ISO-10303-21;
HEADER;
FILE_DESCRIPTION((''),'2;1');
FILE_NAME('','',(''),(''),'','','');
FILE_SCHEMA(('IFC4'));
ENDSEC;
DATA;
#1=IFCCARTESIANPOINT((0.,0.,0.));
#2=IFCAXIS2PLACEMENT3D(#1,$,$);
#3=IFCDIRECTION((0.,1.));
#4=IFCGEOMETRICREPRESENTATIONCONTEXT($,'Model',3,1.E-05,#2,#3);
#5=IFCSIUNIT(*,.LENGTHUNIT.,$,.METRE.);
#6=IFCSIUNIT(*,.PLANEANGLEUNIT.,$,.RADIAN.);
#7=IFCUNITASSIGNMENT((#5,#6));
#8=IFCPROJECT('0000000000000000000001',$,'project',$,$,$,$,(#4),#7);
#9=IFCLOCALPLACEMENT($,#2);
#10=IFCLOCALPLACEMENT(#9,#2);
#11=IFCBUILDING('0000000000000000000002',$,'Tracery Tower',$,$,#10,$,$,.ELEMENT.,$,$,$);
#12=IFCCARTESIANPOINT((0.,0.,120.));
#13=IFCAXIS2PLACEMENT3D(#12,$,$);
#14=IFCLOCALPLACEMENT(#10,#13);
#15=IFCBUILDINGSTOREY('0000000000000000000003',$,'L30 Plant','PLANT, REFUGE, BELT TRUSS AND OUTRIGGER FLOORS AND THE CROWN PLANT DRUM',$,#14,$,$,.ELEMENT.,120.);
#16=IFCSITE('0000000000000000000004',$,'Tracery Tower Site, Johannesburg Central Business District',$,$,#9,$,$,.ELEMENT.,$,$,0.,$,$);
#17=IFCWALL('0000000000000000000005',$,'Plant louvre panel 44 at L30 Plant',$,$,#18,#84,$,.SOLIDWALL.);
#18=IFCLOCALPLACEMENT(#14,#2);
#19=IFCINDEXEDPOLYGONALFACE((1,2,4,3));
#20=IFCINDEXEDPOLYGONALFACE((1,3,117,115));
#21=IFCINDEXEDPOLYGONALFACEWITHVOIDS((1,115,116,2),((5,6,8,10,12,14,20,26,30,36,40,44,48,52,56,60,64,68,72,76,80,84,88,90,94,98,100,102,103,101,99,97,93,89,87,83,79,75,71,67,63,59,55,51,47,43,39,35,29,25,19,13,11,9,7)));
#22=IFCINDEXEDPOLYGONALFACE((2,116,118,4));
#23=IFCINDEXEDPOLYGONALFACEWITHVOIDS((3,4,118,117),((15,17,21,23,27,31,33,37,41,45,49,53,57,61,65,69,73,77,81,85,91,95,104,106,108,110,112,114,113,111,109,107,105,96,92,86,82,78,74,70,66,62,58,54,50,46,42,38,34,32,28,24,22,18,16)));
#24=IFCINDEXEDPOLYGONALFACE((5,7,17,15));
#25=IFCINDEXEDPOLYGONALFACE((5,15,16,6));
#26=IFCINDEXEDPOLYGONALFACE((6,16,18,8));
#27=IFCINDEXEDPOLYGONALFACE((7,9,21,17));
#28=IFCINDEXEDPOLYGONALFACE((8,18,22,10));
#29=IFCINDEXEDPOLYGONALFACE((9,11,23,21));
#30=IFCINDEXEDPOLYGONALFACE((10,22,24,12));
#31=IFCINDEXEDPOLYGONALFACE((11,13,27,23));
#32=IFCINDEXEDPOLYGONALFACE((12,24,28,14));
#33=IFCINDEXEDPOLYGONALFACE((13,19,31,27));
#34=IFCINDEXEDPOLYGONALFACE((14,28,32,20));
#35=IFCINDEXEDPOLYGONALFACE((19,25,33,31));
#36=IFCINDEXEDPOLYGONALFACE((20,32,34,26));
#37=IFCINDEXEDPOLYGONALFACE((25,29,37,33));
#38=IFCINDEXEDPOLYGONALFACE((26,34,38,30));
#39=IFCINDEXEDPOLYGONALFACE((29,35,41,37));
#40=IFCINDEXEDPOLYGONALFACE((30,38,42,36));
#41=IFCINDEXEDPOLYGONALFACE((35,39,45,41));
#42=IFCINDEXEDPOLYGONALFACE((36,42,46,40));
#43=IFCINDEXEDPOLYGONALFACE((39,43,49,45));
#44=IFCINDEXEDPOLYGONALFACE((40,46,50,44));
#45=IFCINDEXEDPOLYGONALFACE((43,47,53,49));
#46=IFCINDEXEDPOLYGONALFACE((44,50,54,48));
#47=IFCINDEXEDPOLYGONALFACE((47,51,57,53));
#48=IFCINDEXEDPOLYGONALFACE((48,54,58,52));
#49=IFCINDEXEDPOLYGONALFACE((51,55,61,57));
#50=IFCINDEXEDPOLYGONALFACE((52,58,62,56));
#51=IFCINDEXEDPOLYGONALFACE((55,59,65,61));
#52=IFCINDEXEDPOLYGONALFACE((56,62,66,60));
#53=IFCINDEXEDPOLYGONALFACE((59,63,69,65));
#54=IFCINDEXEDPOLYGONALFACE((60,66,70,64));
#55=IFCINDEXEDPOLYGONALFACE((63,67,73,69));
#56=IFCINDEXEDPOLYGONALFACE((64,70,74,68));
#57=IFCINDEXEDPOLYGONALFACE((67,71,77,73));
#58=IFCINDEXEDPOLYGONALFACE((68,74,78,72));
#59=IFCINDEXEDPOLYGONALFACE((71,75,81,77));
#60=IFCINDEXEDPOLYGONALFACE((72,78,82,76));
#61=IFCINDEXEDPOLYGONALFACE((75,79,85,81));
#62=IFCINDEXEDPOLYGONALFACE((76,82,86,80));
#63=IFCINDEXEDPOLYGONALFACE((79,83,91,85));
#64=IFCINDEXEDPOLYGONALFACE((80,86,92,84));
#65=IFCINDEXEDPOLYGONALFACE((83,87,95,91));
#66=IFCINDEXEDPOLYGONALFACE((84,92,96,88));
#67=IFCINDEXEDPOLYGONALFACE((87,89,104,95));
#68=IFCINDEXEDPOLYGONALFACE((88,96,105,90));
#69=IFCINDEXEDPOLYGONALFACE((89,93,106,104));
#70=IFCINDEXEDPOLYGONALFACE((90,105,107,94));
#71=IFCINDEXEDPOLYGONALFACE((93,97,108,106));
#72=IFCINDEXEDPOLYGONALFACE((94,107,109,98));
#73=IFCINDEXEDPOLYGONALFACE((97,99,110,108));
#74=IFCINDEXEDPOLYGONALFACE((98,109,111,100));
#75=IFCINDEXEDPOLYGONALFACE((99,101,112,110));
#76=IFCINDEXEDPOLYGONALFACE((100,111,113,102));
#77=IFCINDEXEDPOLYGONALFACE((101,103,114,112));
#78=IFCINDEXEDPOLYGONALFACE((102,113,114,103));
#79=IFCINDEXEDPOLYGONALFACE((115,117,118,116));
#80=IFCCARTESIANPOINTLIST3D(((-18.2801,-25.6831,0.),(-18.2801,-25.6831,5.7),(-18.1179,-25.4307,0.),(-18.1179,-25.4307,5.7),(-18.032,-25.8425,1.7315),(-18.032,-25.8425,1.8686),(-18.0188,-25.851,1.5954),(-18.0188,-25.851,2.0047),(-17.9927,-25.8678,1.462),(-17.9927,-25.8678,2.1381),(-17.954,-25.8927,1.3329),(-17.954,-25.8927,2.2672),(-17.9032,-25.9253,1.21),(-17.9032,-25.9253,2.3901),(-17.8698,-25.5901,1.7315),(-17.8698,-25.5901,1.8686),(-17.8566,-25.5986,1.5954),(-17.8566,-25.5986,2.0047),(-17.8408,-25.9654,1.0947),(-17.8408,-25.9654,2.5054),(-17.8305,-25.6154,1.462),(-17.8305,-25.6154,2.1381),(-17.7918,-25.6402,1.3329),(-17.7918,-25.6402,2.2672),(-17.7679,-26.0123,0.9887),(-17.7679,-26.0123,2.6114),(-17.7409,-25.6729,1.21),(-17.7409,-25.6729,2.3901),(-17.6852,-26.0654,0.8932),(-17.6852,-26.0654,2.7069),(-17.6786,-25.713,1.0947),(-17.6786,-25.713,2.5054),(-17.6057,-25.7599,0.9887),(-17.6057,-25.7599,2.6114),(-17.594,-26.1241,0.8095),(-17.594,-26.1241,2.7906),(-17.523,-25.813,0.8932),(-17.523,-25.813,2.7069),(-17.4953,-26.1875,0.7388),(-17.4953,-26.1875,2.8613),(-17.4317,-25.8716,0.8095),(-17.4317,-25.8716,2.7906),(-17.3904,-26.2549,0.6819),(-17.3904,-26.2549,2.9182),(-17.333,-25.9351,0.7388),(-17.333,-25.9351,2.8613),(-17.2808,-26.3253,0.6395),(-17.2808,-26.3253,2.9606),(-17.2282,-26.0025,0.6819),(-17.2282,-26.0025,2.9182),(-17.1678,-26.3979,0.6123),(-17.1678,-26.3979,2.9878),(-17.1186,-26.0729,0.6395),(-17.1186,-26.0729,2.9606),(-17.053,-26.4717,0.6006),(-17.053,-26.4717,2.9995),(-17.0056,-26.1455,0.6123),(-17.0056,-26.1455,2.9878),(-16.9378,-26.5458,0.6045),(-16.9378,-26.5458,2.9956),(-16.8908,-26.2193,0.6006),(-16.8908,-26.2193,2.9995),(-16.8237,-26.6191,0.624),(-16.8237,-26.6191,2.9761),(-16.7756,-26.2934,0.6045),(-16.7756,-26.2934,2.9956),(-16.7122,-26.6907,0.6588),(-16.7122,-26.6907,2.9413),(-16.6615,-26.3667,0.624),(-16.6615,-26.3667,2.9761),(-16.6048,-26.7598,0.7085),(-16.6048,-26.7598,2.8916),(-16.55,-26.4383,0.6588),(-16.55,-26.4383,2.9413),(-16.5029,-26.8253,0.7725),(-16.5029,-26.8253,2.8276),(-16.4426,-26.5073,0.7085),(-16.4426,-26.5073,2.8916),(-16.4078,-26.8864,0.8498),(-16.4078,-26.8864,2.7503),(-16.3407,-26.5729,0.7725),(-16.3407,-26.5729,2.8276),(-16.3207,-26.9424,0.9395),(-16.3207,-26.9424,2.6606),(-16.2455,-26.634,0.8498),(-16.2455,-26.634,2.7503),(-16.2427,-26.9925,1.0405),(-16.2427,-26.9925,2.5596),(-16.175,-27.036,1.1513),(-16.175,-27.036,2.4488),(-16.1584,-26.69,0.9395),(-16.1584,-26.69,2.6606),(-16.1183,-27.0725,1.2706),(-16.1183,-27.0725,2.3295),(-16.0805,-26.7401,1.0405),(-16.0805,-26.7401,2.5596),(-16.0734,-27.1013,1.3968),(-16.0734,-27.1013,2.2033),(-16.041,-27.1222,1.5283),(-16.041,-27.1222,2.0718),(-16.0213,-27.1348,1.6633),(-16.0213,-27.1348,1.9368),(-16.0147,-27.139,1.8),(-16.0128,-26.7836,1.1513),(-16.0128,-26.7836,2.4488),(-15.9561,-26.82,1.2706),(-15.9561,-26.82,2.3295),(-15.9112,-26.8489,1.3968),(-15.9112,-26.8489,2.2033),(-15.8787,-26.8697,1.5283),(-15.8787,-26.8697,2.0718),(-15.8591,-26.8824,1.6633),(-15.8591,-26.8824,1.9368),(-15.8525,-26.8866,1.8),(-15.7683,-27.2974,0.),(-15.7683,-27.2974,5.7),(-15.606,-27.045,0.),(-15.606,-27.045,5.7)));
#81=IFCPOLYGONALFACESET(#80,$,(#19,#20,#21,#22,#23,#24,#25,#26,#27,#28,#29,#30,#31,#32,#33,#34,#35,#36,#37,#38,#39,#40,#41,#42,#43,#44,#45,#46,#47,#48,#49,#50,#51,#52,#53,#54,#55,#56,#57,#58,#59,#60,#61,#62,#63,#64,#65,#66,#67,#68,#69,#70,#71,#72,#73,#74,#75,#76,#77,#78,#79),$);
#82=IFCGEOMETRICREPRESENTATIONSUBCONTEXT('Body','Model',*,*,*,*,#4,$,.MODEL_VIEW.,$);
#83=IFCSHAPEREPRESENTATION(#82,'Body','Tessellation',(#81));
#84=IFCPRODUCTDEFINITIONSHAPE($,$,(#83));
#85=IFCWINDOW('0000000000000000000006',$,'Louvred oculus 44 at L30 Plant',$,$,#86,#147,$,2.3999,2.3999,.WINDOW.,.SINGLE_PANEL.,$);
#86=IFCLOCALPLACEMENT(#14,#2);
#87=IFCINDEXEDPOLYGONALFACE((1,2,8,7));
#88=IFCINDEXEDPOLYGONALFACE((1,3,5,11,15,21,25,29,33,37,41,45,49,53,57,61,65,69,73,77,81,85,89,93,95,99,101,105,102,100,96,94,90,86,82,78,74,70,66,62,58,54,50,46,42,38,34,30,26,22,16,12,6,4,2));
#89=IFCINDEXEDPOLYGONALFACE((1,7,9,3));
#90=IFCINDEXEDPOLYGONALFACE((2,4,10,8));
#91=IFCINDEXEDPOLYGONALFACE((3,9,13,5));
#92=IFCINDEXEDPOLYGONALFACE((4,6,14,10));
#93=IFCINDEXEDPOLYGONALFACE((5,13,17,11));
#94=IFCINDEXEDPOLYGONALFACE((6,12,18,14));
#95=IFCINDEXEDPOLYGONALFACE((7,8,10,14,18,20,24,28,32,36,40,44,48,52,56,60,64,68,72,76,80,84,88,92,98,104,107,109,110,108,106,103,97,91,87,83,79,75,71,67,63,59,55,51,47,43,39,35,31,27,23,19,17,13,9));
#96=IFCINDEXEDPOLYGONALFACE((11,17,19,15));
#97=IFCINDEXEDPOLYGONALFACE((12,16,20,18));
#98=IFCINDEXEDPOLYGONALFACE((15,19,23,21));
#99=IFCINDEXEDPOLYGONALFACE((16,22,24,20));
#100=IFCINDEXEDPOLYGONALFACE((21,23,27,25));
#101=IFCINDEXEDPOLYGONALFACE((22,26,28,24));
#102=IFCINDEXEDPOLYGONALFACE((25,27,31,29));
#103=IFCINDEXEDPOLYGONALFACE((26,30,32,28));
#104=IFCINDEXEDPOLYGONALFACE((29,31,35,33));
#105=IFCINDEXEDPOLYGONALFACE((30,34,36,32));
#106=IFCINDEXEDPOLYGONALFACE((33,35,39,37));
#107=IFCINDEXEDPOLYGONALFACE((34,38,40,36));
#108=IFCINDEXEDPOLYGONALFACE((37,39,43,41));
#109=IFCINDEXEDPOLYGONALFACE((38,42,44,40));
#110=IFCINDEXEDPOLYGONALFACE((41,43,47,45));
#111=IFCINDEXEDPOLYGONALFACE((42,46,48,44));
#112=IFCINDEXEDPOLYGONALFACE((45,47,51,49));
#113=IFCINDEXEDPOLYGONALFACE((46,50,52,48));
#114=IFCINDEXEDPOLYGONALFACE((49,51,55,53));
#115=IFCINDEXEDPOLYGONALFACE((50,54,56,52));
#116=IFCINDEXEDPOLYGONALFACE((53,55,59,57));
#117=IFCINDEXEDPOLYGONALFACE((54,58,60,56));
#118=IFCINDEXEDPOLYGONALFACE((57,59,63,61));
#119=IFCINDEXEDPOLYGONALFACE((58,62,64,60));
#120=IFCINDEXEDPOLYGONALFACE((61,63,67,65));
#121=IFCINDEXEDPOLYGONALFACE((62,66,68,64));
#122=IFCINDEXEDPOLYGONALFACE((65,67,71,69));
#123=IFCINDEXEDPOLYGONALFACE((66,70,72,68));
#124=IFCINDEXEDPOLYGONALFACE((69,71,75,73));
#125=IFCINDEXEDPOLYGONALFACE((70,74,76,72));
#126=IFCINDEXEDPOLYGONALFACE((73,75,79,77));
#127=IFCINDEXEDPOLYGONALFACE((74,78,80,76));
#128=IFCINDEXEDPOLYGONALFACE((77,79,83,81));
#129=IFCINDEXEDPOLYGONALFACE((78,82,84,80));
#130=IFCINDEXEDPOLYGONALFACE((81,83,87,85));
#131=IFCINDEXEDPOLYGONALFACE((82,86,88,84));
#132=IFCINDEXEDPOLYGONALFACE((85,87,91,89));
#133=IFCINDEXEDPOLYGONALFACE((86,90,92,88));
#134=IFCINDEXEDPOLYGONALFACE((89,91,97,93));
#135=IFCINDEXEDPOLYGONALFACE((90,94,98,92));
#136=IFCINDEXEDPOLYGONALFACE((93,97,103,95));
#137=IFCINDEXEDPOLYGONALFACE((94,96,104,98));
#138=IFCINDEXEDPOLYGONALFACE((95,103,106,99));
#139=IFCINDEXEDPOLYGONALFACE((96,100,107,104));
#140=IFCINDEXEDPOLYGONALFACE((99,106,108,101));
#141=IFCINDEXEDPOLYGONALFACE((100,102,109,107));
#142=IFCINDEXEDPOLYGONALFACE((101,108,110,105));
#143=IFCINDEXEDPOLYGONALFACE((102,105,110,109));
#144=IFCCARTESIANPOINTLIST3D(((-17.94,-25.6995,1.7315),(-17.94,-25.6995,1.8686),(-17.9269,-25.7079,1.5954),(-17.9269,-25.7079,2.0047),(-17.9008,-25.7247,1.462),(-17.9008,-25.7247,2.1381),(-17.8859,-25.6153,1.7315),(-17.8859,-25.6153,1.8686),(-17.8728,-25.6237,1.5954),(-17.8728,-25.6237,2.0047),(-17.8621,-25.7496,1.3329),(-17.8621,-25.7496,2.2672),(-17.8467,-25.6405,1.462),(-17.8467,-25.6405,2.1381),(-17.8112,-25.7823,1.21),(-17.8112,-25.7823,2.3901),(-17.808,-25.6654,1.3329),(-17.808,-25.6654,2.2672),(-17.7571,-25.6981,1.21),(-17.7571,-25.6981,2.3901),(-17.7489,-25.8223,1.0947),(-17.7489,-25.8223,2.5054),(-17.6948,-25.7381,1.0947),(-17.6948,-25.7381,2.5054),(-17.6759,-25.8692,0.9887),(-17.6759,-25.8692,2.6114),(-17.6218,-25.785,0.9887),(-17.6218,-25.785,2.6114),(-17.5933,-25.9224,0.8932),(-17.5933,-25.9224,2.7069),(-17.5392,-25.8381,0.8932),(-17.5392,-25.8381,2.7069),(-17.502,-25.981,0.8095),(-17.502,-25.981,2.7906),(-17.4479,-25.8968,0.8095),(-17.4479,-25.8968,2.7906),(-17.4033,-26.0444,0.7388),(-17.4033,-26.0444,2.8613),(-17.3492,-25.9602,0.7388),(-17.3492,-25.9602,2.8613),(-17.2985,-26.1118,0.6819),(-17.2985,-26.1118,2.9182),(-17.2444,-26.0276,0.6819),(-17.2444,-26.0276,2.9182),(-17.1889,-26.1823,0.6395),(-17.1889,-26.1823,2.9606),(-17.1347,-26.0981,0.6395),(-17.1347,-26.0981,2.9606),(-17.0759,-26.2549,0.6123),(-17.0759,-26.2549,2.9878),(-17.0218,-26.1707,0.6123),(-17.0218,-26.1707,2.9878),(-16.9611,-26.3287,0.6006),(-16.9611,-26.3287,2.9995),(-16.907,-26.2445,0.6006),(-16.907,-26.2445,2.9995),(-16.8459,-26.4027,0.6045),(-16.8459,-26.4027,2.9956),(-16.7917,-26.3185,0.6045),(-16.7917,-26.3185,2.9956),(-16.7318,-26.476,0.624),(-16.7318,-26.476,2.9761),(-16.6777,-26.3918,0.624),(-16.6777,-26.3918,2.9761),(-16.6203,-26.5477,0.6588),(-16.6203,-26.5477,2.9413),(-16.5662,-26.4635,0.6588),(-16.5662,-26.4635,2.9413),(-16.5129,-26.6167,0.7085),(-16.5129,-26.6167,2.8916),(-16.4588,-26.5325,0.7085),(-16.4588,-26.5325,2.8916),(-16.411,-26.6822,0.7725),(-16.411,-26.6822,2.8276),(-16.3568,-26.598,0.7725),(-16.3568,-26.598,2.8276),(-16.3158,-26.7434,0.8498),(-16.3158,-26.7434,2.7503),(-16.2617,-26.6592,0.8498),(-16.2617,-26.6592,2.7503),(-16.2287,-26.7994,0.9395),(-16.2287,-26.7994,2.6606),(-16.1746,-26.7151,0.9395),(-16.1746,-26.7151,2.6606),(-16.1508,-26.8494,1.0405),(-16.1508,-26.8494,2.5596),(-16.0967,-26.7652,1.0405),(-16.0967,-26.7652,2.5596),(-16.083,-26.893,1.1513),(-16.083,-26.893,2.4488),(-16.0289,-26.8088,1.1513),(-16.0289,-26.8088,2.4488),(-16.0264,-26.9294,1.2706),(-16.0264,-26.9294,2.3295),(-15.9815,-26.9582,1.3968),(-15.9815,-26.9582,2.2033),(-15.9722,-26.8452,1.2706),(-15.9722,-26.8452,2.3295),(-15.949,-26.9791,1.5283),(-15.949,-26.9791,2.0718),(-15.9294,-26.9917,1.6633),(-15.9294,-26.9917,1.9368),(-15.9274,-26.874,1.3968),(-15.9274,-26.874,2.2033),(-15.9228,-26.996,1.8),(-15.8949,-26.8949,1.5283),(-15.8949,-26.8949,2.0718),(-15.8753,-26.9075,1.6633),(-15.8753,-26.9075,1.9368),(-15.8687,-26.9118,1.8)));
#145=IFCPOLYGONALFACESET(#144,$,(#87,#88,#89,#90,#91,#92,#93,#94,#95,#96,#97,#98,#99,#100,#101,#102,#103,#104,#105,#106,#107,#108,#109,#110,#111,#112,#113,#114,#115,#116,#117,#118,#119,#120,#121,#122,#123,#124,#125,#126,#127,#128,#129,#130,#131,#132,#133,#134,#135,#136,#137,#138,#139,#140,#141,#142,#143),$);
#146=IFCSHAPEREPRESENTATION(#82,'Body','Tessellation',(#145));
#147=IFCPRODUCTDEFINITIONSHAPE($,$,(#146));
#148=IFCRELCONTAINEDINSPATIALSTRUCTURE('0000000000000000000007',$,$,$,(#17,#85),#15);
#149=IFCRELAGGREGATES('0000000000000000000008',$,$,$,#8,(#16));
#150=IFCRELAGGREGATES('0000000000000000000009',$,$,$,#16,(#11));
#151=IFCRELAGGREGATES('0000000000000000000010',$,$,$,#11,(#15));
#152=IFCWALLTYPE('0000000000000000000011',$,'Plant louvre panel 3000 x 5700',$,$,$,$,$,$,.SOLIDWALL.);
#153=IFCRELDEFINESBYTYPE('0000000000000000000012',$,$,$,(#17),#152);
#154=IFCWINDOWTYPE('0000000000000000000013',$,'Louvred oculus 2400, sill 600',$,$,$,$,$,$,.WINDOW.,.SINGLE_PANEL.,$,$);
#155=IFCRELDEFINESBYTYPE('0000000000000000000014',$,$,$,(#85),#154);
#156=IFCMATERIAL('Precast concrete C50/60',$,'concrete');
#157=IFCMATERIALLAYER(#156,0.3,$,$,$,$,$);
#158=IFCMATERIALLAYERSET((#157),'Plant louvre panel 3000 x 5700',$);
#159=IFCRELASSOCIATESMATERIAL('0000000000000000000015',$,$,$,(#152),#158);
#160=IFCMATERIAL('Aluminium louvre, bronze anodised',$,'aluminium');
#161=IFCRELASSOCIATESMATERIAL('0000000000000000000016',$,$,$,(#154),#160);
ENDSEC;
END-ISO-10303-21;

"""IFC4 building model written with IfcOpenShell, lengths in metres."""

from ifc_helpers import new_model, si_unit, direction, frame, frame_2d, origin, origin_2d, place, context, subcontext, project, spatial, rectangle, circle, extrude, material, layer, layer_set, type_object, element, fill, save


model = new_model("IFC4")

# Units and contexts
model_context = context("Model", 3, precision=1e-05, world=origin(), true_north=direction((0.0, 1.0)))
body_context = subcontext(model_context, "Body", "Model", "MODEL_VIEW")
ifc_project = project(units=[si_unit("LENGTHUNIT", "METRE"), si_unit("PLANEANGLEUNIT", "RADIAN")], contexts=[model_context])

# Site, building, storey
site_placement = place(None, origin())
site = spatial("IfcSite", under=ifc_project, at=site_placement, Name="Tracery Tower Site, Johannesburg Central Business District", CompositionType="ELEMENT", RefElevation=0.0)
building_placement = place(site_placement, origin())
building = spatial("IfcBuilding", under=site, at=building_placement, Name="Tracery Tower", CompositionType="ELEMENT")
storey_placement = place(building_placement, frame((0.0, 0.0, 120.0)))
storey = spatial("IfcBuildingStorey", under=building, at=storey_placement, Name="L30 Plant", Description="PLANT, REFUGE, BELT TRUSS AND OUTRIGGER FLOORS AND THE CROWN PLANT DRUM", CompositionType="ELEMENT", Elevation=120.0)

# Wall, opening, window
ifc_material_1 = material(Name="Precast concrete C50/60", Category="concrete")
ifc_layer_1 = layer(ifc_material_1, 0.3)
ifc_layer_set_1 = layer_set([ifc_layer_1], Name="Plant louvre panel 3000 x 5700")
wall_type_1 = type_object("IfcWallType", Name="Plant louvre panel 3000 x 5700", PredefinedType="SOLIDWALL", material=ifc_layer_set_1)
ifc_material_2 = material(Name="Aluminium louvre, bronze anodised", Category="aluminium")
window_type = type_object("IfcWindowType", Name="Louvred oculus 2400, sill 600", PartitioningType="SINGLE_PANEL", PredefinedType="WINDOW", material=ifc_material_2)
wall_1_placement = place(storey_placement, frame((-18.199, -25.5569, 0.0), z_axis=(0.0, 0.0, 1.0), x_axis=(0.841242, -0.540658, 0.0)))
wall_1 = element("IfcWall", 1, at=wall_1_placement, inside=storey, type_object=wall_type_1, Name="Plant louvre panel 44 at L30 Plant", PredefinedType="SOLIDWALL", context=body_context, shape_type="SweptSolid", body=[
    extrude(rectangle(XDim=2.9858, YDim=0.3, at=frame_2d((1.4929, 0.0))), origin(), (0.0, 0.0, 1.0), 5.7),
])
opening_1_placement = place(wall_1_placement, frame((1.4929, 0.0, 1.8)))
opening_1 = element("IfcOpeningElement", 2, at=opening_1_placement, cuts=wall_1, PredefinedType="OPENING", context=body_context, shape_type="SweptSolid", body=[
    extrude(circle(Radius=1.2, at=origin_2d()), frame((0.0, 0.1599, 0.0), z_axis=(0.0, -1.0, 0.0), x_axis=(1.0, 0.0, 0.0)), (0.0, 0.0, 1.0), 0.3201),
])
window_1_placement = place(opening_1_placement, origin())
window_1 = element("IfcWindow", 3, at=window_1_placement, inside=storey, type_object=window_type, Name="Louvred oculus 44 at L30 Plant", OverallHeight=2.3999, OverallWidth=2.3999, PartitioningType="SINGLE_PANEL", PredefinedType="WINDOW", context=body_context, shape_type="SweptSolid", body=[
    extrude(circle(Radius=1.2, at=origin_2d()), frame((0.0, 0.1201, 0.0), z_axis=(0.0, -1.0, 0.0), x_axis=(1.0, 0.0, 0.0)), (0.0, 0.0, 1.0), 0.1001),
])
fill(opening_1, window_1)

save(model, "model.ifc")
